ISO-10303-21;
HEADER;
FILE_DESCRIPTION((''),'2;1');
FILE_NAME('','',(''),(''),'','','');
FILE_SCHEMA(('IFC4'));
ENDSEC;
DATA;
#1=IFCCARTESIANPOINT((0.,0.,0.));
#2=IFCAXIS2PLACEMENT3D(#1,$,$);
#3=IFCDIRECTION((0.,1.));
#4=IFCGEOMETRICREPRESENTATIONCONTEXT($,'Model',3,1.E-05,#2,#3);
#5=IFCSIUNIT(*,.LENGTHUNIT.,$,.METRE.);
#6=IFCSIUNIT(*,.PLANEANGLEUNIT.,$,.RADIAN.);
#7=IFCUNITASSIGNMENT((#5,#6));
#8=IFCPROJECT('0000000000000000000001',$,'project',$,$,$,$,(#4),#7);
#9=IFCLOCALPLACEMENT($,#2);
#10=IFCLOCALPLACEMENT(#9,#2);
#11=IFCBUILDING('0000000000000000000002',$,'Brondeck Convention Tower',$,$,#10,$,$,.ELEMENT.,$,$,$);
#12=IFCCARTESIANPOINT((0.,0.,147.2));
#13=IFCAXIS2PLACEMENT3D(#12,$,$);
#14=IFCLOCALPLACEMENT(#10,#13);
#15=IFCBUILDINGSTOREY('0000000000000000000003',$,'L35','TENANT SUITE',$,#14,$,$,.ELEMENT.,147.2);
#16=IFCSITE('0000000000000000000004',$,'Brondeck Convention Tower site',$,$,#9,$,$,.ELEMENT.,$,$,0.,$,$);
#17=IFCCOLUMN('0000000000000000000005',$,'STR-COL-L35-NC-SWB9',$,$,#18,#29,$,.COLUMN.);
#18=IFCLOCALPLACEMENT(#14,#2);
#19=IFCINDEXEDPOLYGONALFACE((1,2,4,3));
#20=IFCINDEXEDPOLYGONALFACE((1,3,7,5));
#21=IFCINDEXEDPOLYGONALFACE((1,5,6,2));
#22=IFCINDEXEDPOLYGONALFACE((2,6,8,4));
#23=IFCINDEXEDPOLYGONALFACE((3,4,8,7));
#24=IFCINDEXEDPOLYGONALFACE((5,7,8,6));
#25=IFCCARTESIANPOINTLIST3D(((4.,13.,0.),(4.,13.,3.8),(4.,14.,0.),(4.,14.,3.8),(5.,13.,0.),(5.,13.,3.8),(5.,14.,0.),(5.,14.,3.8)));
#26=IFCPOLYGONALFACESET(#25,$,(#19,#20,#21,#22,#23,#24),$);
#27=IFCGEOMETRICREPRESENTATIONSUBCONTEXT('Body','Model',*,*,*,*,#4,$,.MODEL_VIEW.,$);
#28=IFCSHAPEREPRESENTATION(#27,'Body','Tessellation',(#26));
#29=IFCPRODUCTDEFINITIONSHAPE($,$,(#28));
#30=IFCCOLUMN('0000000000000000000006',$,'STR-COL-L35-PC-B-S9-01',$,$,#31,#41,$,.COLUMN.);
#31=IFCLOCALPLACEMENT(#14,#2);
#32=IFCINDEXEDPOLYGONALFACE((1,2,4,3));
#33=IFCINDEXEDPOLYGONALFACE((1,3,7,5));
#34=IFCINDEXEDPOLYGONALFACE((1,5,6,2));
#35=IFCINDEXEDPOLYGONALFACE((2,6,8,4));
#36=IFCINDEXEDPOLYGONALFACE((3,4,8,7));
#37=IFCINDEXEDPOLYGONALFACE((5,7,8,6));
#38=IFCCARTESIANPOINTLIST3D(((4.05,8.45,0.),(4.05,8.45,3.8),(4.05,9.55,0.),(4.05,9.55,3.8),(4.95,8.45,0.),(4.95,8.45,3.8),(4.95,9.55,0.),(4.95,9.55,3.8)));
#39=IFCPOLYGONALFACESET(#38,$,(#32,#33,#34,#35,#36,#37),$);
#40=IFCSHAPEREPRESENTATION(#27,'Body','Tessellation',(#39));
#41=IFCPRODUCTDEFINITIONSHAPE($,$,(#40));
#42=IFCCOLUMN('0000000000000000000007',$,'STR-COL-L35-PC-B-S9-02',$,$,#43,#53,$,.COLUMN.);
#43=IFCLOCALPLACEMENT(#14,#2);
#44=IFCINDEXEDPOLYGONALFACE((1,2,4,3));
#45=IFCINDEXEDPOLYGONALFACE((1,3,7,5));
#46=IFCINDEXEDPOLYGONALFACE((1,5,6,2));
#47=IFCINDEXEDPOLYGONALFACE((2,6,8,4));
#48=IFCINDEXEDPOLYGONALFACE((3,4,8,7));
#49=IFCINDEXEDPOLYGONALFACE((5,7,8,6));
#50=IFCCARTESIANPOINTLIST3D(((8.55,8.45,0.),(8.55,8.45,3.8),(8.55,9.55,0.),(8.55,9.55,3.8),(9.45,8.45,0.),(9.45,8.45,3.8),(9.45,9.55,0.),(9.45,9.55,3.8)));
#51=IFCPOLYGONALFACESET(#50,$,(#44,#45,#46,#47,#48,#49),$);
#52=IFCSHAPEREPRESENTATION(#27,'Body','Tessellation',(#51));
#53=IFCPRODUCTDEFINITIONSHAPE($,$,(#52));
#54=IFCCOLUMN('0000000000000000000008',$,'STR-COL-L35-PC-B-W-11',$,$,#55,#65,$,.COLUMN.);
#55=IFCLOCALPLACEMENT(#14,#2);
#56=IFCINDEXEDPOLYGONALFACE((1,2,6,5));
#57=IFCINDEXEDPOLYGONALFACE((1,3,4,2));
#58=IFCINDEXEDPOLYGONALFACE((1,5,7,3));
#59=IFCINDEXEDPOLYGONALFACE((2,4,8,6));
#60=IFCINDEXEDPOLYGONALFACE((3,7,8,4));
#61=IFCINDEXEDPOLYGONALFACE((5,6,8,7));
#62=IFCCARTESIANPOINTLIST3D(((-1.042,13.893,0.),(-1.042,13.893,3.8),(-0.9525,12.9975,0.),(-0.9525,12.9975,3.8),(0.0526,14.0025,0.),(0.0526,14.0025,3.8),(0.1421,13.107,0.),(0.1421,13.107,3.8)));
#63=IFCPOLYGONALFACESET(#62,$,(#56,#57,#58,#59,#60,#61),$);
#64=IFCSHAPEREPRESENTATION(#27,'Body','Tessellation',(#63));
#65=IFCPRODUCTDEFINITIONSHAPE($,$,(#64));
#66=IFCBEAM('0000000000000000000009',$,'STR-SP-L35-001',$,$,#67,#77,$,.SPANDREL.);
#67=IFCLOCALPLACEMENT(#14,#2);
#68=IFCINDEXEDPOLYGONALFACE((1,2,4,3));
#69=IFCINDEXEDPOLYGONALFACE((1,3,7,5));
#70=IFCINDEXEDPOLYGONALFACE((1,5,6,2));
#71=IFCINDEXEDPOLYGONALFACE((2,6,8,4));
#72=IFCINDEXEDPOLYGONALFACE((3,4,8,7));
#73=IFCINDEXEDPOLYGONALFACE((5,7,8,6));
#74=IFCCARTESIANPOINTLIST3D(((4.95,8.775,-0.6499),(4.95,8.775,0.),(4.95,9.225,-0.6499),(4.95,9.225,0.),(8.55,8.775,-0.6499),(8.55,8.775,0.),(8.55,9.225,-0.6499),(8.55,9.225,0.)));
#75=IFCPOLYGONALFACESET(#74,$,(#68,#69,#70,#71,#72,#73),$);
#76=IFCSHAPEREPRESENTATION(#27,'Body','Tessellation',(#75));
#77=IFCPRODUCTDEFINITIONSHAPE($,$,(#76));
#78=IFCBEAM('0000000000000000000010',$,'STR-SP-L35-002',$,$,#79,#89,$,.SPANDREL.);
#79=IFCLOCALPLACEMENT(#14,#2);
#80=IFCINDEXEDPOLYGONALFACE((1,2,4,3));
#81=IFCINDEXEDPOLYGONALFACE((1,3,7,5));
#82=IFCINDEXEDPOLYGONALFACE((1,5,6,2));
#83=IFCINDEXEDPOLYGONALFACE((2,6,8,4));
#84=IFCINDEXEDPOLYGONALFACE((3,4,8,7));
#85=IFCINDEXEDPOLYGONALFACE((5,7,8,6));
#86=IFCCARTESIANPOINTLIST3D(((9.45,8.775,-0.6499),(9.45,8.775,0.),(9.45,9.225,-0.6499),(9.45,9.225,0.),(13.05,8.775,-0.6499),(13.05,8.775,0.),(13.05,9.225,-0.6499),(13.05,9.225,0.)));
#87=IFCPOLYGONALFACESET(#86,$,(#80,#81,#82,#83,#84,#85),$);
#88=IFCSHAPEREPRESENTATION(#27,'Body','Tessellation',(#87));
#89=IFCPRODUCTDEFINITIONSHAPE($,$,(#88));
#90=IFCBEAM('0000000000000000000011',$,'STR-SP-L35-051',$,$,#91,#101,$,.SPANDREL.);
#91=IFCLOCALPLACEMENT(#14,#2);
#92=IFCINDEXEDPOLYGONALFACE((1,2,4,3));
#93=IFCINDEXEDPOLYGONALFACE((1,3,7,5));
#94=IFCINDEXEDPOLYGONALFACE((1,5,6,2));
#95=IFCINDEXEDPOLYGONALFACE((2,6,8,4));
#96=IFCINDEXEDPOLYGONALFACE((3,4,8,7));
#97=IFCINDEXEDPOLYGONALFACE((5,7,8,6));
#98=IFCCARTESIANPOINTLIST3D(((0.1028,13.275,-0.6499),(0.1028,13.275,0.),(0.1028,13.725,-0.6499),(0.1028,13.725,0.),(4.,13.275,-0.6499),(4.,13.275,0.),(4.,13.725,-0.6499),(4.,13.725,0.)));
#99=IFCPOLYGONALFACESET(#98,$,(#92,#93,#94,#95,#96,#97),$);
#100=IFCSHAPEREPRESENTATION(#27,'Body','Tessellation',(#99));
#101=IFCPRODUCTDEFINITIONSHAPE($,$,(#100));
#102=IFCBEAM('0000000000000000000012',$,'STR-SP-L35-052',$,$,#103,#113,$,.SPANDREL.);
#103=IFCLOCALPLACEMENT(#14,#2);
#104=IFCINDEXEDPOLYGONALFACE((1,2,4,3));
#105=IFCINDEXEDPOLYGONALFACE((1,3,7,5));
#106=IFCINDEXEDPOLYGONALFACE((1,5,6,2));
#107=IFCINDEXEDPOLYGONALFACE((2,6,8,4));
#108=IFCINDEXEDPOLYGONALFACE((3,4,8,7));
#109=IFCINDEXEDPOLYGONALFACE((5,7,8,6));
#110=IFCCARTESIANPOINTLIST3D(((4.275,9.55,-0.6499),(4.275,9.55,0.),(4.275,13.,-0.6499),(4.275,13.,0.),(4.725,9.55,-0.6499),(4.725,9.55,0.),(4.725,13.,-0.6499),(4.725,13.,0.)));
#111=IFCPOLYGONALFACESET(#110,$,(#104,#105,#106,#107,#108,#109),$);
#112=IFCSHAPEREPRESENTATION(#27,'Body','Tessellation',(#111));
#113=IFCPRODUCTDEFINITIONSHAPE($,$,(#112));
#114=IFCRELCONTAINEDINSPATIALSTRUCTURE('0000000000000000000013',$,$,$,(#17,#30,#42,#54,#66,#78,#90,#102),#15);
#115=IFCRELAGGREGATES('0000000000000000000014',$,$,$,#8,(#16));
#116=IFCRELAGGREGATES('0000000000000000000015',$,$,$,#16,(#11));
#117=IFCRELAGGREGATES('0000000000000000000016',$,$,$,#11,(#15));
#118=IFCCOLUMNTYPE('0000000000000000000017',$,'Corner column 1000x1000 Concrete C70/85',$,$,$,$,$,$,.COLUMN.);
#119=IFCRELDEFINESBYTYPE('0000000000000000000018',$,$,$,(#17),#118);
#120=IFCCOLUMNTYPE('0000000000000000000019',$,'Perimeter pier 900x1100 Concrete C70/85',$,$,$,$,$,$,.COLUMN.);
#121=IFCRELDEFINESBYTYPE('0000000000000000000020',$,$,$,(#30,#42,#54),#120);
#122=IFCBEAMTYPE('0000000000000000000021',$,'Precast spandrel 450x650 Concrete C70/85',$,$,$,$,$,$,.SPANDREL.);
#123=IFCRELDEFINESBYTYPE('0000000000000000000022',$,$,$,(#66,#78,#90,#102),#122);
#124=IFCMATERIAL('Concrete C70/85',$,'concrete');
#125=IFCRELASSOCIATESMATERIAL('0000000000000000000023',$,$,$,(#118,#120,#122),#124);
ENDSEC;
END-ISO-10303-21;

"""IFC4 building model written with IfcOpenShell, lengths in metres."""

from ifc_helpers import new_model, si_unit, direction, frame, origin, origin_2d, place, context, subcontext, project, spatial, rectangle, extrude, material, material_profile, profile_set, type_object, element, save


model = new_model("IFC4")

# Units and contexts
model_context = context("Model", 3, precision=1e-05, world=origin(), true_north=direction((0.0, 1.0)))
body_context = subcontext(model_context, "Body", "Model", "MODEL_VIEW")
ifc_project = project(units=[si_unit("LENGTHUNIT", "METRE"), si_unit("PLANEANGLEUNIT", "RADIAN")], contexts=[model_context])

# Site, building, storey
site_placement = place(None, origin())
site = spatial("IfcSite", under=ifc_project, at=site_placement, Name="Brondeck Convention Tower site", CompositionType="ELEMENT", RefElevation=0.0)
building_placement = place(site_placement, origin())
building = spatial("IfcBuilding", under=site, at=building_placement, Name="Brondeck Convention Tower", CompositionType="ELEMENT")
storey_placement = place(building_placement, frame((0.0, 0.0, 147.2)))
storey = spatial("IfcBuildingStorey", under=building, at=storey_placement, Name="L35", Description="TENANT SUITE", CompositionType="ELEMENT", Elevation=147.2)

# Columns
ifc_material_1 = material(Name="Concrete C70/85", Category="concrete")
ifc_material_profile_1 = material_profile(ifc_material_1, rectangle(XDim=1.0, YDim=1.0, at=origin_2d()), Name="Corner column 1000x1000 Concrete C70/85")
ifc_profile_set_1 = profile_set([ifc_material_profile_1], Name="Concrete C70/85")
column_type_1 = type_object("IfcColumnType", Name="Corner column 1000x1000 Concrete C70/85", PredefinedType="COLUMN", material=ifc_profile_set_1)
column_placement = place(storey_placement, frame((4.5, 13.5, 0.0), z_axis=(0.0, 0.0, 1.0), x_axis=(1.0, 0.0, 0.0)))
element("IfcColumn", 1, at=column_placement, inside=storey, type_object=column_type_1, Name="STR-COL-L35-NC-SWB9", PredefinedType="COLUMN", context=body_context, shape_type="SweptSolid", body=[
    extrude(rectangle(XDim=1.0, YDim=1.0, at=origin_2d()), origin(), (0.0, 0.0, 1.0), 3.8),
])
ifc_material_profile_2 = material_profile(ifc_material_1, rectangle(XDim=0.8999, YDim=1.1001, at=origin_2d()), Name="Perimeter pier 900x1100 Concrete C70/85")
ifc_profile_set_2 = profile_set([ifc_material_profile_2], Name="Concrete C70/85")
column_type_2 = type_object("IfcColumnType", Name="Perimeter pier 900x1100 Concrete C70/85", PredefinedType="COLUMN", material=ifc_profile_set_2)
for number, where, z_axis, x_axis, name in (
    (2, (4.5, 9.0, 0.0), (0.0, 0.0, 1.0), (1.0, 0.0, 0.0), "STR-COL-L35-PC-B-S9-01"),
    (3, (9.0, 9.0, 0.0), (0.0, 0.0, 1.0), (1.0, 0.0, 0.0), "STR-COL-L35-PC-B-S9-02"),
    (4, (-0.45, 13.5, 0.0), (0.0, 0.0, 1.0), (0.099504, -0.995037, 0.0), "STR-COL-L35-PC-B-W-11"),
):
    element("IfcColumn", number, at=place(storey_placement, frame(where, z_axis=z_axis, x_axis=x_axis)), inside=storey, type_object=column_type_2, Name=name, PredefinedType="COLUMN", context=body_context, shape_type="SweptSolid", body=[
        extrude(rectangle(XDim=0.8999, YDim=1.1001, at=origin_2d()), origin(), (0.0, 0.0, 1.0), 3.8),
    ])

# Beams
ifc_material_profile_3 = material_profile(ifc_material_1, rectangle(XDim=0.45, YDim=0.6499, at=origin_2d()), Name="Precast spandrel 450x650 Concrete C70/85")
ifc_profile_set_3 = profile_set([ifc_material_profile_3], Name="Concrete C70/85")
beam_type = type_object("IfcBeamType", Name="Precast spandrel 450x650 Concrete C70/85", PredefinedType="SPANDREL", material=ifc_profile_set_3)
for number, where, z_axis, x_axis, name in (
    (5, (4.95, 9.0, -0.325), (1.0, 0.0, 0.0), (0.0, 1.0, 0.0), "STR-SP-L35-001"),
    (6, (9.45, 9.0, -0.325), (1.0, 0.0, 0.0), (0.0, 1.0, 0.0), "STR-SP-L35-002"),
):
    element("IfcBeam", number, at=place(storey_placement, frame(where, z_axis=z_axis, x_axis=x_axis)), inside=storey, type_object=beam_type, Name=name, PredefinedType="SPANDREL", context=body_context, shape_type="SweptSolid", body=[
        extrude(rectangle(XDim=0.45, YDim=0.6499, at=origin_2d()), origin(), (0.0, 0.0, 1.0), 3.6001),
    ])
beam_1_placement = place(storey_placement, frame((0.1028, 13.5, -0.325), z_axis=(1.0, 0.0, 0.0), x_axis=(0.0, 1.0, 0.0)))
element("IfcBeam", 7, at=beam_1_placement, inside=storey, type_object=beam_type, Name="STR-SP-L35-051", PredefinedType="SPANDREL", context=body_context, shape_type="SweptSolid", body=[
    extrude(rectangle(XDim=0.45, YDim=0.6499, at=origin_2d()), origin(), (0.0, 0.0, 1.0), 3.8972),
])
beam_2_placement = place(storey_placement, frame((4.5, 13.0, -0.325), z_axis=(0.0, -1.0, 0.0), x_axis=(1.0, 0.0, 0.0)))
element("IfcBeam", 8, at=beam_2_placement, inside=storey, type_object=beam_type, Name="STR-SP-L35-052", PredefinedType="SPANDREL", context=body_context, shape_type="SweptSolid", body=[
    extrude(rectangle(XDim=0.45, YDim=0.6499, at=origin_2d()), origin(), (0.0, 0.0, 1.0), 3.45),
])

save(model, "model.ifc")
